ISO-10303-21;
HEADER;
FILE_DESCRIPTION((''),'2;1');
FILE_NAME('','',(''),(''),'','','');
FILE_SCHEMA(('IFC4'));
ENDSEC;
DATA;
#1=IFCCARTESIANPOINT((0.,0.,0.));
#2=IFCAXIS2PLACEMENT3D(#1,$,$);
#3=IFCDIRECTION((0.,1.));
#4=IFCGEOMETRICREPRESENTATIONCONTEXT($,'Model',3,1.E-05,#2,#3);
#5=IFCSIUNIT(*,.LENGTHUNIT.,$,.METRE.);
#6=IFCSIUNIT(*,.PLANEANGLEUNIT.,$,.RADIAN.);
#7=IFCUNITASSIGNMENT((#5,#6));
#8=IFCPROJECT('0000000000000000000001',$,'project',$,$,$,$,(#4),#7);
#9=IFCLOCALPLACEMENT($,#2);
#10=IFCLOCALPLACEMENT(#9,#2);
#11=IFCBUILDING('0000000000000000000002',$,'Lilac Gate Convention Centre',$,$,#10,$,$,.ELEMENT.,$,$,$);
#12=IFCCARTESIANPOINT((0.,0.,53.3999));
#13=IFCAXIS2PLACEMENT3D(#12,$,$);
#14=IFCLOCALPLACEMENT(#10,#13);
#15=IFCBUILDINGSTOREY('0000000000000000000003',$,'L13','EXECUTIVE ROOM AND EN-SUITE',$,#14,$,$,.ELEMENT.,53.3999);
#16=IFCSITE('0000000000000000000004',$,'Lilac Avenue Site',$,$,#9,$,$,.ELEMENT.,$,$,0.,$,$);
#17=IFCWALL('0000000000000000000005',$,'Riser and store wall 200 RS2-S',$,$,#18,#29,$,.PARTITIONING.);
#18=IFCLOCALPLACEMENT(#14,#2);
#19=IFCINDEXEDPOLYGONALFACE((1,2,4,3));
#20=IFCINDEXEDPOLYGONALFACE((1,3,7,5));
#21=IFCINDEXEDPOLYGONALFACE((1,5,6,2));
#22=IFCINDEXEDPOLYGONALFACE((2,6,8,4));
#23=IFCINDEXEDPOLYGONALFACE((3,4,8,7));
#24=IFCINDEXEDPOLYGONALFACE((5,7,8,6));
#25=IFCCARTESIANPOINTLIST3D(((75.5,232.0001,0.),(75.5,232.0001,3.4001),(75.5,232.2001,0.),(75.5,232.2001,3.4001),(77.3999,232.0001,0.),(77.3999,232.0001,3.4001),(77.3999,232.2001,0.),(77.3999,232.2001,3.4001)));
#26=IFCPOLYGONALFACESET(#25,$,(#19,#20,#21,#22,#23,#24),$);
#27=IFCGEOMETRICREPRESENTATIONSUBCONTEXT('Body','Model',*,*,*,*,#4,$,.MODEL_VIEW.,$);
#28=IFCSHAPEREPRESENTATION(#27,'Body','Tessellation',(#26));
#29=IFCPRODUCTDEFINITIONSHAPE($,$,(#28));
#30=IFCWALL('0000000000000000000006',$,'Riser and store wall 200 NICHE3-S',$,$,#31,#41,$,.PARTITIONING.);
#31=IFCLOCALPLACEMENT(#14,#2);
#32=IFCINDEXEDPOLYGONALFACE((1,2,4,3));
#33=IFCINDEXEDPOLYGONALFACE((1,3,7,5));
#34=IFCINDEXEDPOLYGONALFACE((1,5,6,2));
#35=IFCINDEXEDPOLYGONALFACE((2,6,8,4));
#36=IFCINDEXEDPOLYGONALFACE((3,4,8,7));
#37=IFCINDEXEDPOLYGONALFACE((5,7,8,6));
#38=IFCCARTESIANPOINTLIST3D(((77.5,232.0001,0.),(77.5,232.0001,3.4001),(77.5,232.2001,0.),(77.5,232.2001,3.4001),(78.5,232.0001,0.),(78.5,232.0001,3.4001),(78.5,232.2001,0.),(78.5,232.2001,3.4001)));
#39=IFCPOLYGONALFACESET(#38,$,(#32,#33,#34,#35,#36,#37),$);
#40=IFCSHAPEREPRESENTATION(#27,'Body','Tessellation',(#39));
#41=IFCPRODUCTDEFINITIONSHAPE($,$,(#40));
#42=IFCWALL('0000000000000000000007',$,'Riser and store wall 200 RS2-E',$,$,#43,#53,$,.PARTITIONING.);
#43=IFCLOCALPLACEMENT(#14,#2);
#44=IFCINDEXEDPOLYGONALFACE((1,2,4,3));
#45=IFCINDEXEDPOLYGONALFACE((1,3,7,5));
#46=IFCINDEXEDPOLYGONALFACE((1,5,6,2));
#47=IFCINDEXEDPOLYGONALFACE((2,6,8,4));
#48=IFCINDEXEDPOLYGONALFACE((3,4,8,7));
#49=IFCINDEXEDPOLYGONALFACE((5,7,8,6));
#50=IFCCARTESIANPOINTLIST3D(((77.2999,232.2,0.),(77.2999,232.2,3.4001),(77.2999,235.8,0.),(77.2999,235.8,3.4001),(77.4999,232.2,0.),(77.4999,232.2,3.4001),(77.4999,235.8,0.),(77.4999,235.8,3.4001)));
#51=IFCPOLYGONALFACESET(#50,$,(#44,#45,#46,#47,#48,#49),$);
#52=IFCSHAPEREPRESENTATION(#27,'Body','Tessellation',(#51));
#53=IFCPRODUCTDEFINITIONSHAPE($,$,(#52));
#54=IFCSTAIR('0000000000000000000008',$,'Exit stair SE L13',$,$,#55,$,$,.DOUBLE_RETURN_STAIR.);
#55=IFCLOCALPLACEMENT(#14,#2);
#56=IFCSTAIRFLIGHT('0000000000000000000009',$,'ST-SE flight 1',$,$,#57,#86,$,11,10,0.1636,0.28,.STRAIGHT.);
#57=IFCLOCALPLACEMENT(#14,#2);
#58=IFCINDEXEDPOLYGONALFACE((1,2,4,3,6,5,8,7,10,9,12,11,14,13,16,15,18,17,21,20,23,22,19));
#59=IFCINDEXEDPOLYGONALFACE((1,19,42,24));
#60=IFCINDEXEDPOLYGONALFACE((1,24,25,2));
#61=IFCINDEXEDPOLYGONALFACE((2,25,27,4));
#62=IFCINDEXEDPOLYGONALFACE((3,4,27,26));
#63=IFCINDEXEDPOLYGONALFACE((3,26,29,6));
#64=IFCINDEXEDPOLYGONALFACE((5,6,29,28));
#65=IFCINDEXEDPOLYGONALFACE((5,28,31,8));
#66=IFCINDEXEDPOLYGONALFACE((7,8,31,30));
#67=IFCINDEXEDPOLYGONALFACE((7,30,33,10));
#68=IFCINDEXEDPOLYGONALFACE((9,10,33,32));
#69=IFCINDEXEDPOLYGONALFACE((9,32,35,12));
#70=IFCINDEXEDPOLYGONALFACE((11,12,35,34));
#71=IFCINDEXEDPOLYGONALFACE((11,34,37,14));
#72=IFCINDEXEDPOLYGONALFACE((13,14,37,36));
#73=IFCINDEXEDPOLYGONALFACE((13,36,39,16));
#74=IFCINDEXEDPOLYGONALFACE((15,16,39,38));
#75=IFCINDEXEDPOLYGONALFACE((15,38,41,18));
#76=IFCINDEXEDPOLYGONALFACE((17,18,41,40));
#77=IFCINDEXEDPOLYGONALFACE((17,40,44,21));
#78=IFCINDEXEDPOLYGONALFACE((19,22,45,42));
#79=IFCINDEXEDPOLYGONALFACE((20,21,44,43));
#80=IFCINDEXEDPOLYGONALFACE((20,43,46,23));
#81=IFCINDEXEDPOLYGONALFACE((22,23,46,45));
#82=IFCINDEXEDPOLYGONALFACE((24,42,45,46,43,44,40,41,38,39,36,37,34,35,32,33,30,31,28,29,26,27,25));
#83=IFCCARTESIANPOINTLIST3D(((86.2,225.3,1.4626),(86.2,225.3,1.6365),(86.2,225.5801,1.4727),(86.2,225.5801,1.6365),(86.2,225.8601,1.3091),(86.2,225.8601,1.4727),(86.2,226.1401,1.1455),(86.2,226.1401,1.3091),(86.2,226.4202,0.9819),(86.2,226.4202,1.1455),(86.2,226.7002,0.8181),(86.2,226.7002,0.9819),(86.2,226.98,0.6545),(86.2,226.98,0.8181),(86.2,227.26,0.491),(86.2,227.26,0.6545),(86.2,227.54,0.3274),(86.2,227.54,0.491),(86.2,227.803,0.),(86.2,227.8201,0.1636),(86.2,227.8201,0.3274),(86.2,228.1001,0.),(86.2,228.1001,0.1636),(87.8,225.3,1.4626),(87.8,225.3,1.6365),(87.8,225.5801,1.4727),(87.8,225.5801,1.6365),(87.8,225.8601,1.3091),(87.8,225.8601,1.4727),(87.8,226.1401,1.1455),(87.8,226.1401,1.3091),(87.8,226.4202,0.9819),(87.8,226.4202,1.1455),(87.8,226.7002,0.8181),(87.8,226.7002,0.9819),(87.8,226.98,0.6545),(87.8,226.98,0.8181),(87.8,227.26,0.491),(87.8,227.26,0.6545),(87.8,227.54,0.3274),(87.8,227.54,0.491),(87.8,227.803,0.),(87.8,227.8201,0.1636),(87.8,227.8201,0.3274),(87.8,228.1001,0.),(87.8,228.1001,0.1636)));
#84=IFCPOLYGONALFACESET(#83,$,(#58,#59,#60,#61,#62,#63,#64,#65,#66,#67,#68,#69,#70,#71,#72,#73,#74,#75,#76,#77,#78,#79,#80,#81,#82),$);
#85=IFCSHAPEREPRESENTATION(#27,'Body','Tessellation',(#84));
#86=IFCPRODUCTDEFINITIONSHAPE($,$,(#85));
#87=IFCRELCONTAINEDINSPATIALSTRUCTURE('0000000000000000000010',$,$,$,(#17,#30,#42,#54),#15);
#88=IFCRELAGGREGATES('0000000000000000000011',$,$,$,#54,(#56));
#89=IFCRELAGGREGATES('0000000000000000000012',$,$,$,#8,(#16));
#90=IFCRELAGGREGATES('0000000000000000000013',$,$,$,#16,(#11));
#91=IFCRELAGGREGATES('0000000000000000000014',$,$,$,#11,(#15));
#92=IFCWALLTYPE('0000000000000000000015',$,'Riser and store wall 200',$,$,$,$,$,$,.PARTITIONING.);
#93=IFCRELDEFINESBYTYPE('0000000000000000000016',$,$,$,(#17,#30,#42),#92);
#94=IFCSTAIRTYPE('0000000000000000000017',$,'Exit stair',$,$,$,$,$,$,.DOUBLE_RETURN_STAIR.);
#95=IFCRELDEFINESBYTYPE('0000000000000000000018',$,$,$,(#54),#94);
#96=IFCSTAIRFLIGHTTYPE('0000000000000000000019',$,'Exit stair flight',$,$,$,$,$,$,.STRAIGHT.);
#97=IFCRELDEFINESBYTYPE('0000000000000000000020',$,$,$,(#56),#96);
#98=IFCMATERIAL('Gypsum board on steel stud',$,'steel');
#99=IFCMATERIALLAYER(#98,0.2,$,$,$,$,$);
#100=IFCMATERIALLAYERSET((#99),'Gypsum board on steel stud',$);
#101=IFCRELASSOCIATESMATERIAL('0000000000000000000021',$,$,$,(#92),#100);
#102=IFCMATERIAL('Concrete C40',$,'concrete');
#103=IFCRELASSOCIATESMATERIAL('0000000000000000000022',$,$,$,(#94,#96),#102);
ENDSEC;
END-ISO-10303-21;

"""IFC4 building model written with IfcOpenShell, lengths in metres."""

from ifc_helpers import new_model, si_unit, direction, frame, frame_2d, origin, place, context, subcontext, project, spatial, polyline, rectangle, outline, extrude, material, layer, layer_set, type_object, element, aggregate, save


model = new_model("IFC4")

# Units and contexts
model_context = context("Model", 3, precision=1e-05, world=origin(), true_north=direction((0.0, 1.0)))
body_context = subcontext(model_context, "Body", "Model", "MODEL_VIEW")
ifc_project = project(units=[si_unit("LENGTHUNIT", "METRE"), si_unit("PLANEANGLEUNIT", "RADIAN")], contexts=[model_context])

# Site, building, storey
site_placement = place(None, origin())
site = spatial("IfcSite", under=ifc_project, at=site_placement, Name="Lilac Avenue Site", CompositionType="ELEMENT", RefElevation=0.0)
building_placement = place(site_placement, origin())
building = spatial("IfcBuilding", under=site, at=building_placement, Name="Lilac Gate Convention Centre", CompositionType="ELEMENT")
storey_placement = place(building_placement, frame((0.0, 0.0, 53.3999)))
storey = spatial("IfcBuildingStorey", under=building, at=storey_placement, Name="L13", Description="EXECUTIVE ROOM AND EN-SUITE", CompositionType="ELEMENT", Elevation=53.3999)

# Shared definitions
ifc_material_1 = material(Name="Concrete C40", Category="concrete")

# Shared definitions
ifc_material_2 = material(Name="Gypsum board on steel stud", Category="steel")

# Walls
ifc_layer_1 = layer(ifc_material_2, 0.2)
ifc_layer_set_1 = layer_set([ifc_layer_1], Name="Gypsum board on steel stud")
wall_type_1 = type_object("IfcWallType", Name="Riser and store wall 200", PredefinedType="PARTITIONING", material=ifc_layer_set_1)
wall_1_placement = place(storey_placement, frame((75.5, 232.1001, 0.0), z_axis=(0.0, 0.0, 1.0), x_axis=(1.0, 0.0, 0.0)))
element("IfcWall", 1, at=wall_1_placement, inside=storey, type_object=wall_type_1, Name="Riser and store wall 200 RS2-S", PredefinedType="PARTITIONING", context=body_context, shape_type="SweptSolid", body=[
    extrude(rectangle(XDim=1.8999, YDim=0.2, at=frame_2d((0.95, 0.0))), origin(), (0.0, 0.0, 1.0), 3.4001),
])
wall_2_placement = place(storey_placement, frame((77.5, 232.1001, 0.0), z_axis=(0.0, 0.0, 1.0), x_axis=(1.0, 0.0, 0.0)))
element("IfcWall", 2, at=wall_2_placement, inside=storey, type_object=wall_type_1, Name="Riser and store wall 200 NICHE3-S", PredefinedType="PARTITIONING", context=body_context, shape_type="SweptSolid", body=[
    extrude(rectangle(XDim=1.0, YDim=0.2, at=frame_2d((0.5, 0.0))), origin(), (0.0, 0.0, 1.0), 3.4001),
])
wall_3_placement = place(storey_placement, frame((77.3999, 232.2, 0.0), z_axis=(0.0, 0.0, 1.0), x_axis=(0.0, 1.0, 0.0)))
element("IfcWall", 3, at=wall_3_placement, inside=storey, type_object=wall_type_1, Name="Riser and store wall 200 RS2-E", PredefinedType="PARTITIONING", context=body_context, shape_type="SweptSolid", body=[
    extrude(rectangle(XDim=3.6001, YDim=0.2, at=frame_2d((1.8, 0.0))), origin(), (0.0, 0.0, 1.0), 3.4001),
])

# Stair, stair flight
stair_type = type_object("IfcStairType", Name="Exit stair", PredefinedType="DOUBLE_RETURN_STAIR", material=ifc_material_1)
stair_placement = place(storey_placement, origin())
stair = element("IfcStair", 4, at=stair_placement, inside=storey, type_object=stair_type, Name="Exit stair SE L13", PredefinedType="DOUBLE_RETURN_STAIR")
stair_flight_type = type_object("IfcStairFlightType", Name="Exit stair flight", PredefinedType="STRAIGHT", material=ifc_material_1)
stair_flight_placement = place(storey_placement, frame((87.0, 228.1001, 0.0), z_axis=(0.0, 0.0, 1.0), x_axis=(0.0, -1.0, 0.0)))
stair_flight = element("IfcStairFlight", 5, at=stair_flight_placement, type_object=stair_flight_type, Name="ST-SE flight 1", NumberOfRisers=11, NumberOfTreads=10, PredefinedType="STRAIGHT", RiserHeight=0.1636, TreadLength=0.28, context=body_context, shape_type="SweptSolid", body=[
    extrude(outline(polyline([(0.0, 0.0), (0.0, 0.1636), (0.28, 0.1636), (0.28, 0.3274), (0.5601, 0.3274), (0.5601, 0.491), (0.8401, 0.491), (0.8401, 0.6545), (1.1201, 0.6545), (1.1201, 0.8181), (1.3999, 0.8181), (1.3999, 0.9819), (1.6799, 0.9819), (1.6799, 1.1455), (1.96, 1.1455), (1.96, 1.3091), (2.24, 1.3091), (2.24, 1.4727), (2.52, 1.4727), (2.52, 1.6365), (2.8, 1.6365), (2.8, 1.8), (2.8, 1.4626), (0.2971, 0.0), (0.0, 0.0)])), frame((0.0, 0.8, 0.0), z_axis=(0.0, -1.0, 0.0), x_axis=(1.0, 0.0, 0.0)), (0.0, 0.0, 1.0), 1.6001),
])
aggregate(stair, [stair_flight])

save(model, "model.ifc")
